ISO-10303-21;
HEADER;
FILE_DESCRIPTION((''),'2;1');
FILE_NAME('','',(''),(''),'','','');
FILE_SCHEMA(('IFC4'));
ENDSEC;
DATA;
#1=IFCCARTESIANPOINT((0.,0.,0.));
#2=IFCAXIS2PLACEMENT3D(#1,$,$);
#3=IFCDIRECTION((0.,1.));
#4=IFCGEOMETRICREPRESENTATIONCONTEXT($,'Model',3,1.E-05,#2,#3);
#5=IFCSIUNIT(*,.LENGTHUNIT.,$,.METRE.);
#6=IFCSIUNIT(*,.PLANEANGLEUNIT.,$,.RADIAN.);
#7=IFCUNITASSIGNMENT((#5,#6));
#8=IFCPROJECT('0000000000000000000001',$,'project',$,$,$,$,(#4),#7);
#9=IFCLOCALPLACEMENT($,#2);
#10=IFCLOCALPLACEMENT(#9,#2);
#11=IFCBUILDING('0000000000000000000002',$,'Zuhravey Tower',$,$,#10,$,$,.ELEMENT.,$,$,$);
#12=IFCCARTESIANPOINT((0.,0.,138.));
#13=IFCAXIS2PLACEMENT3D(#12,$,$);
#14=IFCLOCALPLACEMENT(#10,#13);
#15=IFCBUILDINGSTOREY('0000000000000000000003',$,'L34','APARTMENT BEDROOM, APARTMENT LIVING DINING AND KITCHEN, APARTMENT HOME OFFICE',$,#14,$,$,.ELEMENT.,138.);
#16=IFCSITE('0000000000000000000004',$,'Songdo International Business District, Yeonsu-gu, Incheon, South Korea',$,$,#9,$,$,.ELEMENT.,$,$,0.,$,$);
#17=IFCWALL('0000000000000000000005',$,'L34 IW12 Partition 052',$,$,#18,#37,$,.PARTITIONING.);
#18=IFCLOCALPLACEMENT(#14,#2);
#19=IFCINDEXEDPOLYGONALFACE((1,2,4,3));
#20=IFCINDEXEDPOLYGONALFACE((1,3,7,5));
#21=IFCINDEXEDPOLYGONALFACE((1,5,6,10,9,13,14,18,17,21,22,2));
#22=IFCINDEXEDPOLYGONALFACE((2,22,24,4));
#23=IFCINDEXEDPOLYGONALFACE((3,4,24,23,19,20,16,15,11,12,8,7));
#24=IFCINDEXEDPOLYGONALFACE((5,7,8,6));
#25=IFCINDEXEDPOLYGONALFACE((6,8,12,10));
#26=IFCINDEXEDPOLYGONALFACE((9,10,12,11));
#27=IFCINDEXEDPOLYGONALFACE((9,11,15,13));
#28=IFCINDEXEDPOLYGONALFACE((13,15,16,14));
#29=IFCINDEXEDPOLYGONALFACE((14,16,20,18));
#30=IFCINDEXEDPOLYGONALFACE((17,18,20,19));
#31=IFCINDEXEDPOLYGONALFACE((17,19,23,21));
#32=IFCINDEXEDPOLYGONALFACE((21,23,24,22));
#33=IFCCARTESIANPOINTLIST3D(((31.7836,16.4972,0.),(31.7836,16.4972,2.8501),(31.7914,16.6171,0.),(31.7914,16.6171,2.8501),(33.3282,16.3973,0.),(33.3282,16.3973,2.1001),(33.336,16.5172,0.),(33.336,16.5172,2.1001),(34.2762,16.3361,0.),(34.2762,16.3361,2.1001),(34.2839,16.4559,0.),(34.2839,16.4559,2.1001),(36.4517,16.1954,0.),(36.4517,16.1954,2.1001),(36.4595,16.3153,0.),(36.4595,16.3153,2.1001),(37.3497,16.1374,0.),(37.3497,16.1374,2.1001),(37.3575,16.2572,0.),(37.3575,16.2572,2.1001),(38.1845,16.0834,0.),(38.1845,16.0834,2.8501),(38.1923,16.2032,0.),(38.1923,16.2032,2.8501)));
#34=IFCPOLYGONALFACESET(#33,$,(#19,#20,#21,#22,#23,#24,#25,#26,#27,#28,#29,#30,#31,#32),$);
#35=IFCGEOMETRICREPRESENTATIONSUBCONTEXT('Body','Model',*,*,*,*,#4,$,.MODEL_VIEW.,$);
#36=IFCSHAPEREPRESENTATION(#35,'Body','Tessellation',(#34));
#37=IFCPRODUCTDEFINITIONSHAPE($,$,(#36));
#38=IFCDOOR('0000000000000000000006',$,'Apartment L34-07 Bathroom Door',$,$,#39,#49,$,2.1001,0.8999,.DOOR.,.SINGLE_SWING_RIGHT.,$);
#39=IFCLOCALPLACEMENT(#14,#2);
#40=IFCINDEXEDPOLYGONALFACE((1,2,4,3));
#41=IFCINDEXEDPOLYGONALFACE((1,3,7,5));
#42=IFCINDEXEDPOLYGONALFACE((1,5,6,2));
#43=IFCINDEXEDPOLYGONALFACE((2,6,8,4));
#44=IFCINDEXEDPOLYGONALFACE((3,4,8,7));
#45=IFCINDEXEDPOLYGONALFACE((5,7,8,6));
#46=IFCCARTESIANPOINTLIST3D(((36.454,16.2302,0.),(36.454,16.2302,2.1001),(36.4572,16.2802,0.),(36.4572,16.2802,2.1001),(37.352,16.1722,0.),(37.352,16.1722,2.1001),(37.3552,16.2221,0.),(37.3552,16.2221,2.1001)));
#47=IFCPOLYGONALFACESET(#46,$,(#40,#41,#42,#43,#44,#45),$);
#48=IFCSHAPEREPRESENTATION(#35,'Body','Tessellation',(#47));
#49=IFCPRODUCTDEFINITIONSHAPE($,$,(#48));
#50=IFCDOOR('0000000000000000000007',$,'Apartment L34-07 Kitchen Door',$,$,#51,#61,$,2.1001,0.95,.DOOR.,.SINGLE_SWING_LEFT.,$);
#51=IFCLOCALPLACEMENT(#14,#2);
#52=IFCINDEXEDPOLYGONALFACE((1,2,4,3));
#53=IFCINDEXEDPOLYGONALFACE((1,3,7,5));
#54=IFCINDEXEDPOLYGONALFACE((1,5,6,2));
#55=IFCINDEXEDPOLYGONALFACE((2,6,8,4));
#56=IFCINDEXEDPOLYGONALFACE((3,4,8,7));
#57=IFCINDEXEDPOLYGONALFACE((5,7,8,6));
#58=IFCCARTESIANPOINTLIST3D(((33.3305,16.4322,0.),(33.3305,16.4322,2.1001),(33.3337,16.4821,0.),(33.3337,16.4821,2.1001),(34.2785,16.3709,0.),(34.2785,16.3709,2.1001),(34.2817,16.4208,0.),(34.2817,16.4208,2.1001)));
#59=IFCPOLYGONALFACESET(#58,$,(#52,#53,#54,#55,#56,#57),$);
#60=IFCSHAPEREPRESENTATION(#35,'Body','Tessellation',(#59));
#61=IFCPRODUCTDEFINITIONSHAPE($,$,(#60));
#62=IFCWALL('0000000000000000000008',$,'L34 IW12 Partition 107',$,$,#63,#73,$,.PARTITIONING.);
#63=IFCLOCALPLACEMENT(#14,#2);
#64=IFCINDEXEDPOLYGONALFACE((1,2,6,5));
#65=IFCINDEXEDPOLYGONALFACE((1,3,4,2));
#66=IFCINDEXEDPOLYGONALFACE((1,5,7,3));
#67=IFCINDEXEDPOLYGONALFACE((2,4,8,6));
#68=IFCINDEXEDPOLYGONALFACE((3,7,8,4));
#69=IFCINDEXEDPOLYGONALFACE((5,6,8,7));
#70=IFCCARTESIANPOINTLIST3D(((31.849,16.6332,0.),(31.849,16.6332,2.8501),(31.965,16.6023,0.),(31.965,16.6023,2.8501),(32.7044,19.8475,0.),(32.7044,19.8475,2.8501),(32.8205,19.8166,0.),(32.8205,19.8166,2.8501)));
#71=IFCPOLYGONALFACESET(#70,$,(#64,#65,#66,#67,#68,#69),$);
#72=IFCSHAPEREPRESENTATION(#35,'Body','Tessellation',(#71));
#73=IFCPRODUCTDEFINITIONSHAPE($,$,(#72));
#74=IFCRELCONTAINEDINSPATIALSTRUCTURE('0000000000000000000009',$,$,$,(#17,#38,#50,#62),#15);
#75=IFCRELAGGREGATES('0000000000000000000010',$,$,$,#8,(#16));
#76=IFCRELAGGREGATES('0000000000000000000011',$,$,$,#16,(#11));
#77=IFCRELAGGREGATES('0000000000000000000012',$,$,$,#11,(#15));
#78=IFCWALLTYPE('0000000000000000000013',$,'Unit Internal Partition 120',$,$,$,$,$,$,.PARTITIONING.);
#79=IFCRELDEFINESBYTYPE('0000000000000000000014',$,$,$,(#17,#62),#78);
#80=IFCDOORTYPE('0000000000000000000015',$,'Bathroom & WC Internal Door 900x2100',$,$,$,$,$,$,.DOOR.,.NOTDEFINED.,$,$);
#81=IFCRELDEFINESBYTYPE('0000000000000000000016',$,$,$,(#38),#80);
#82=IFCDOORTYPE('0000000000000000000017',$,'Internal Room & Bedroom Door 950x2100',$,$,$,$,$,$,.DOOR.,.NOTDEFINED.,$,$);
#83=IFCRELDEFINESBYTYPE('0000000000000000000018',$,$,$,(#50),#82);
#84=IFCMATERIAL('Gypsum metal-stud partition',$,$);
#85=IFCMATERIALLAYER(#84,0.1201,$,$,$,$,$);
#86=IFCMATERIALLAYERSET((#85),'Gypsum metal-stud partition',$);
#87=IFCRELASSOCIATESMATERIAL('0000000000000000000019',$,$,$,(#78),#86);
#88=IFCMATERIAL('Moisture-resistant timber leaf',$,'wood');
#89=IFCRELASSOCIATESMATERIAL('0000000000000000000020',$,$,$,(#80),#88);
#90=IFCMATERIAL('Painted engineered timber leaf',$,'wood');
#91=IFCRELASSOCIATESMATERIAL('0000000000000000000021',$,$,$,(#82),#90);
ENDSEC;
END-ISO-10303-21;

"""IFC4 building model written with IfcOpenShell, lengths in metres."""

from ifc_helpers import new_model, si_unit, direction, frame, frame_2d, origin, place, context, subcontext, project, spatial, rectangle, extrude, material, layer, layer_set, type_object, element, fill, save


model = new_model("IFC4")

# Units and contexts
model_context = context("Model", 3, precision=1e-05, world=origin(), true_north=direction((0.0, 1.0)))
body_context = subcontext(model_context, "Body", "Model", "MODEL_VIEW")
ifc_project = project(units=[si_unit("LENGTHUNIT", "METRE"), si_unit("PLANEANGLEUNIT", "RADIAN")], contexts=[model_context])

# Site, building, storey
site_placement = place(None, origin())
site = spatial("IfcSite", under=ifc_project, at=site_placement, Name="Songdo International Business District, Yeonsu-gu, Incheon, South Korea", CompositionType="ELEMENT", RefElevation=0.0)
building_placement = place(site_placement, origin())
building = spatial("IfcBuilding", under=site, at=building_placement, Name="Zuhravey Tower", CompositionType="ELEMENT")
storey_placement = place(building_placement, frame((0.0, 0.0, 138.0)))
storey = spatial("IfcBuildingStorey", under=building, at=storey_placement, Name="L34", Description="APARTMENT BEDROOM, APARTMENT LIVING DINING AND KITCHEN, APARTMENT HOME OFFICE", CompositionType="ELEMENT", Elevation=138.0)

# Wall, openings, doors
ifc_material_1 = material(Name="Gypsum metal-stud partition")
ifc_layer_1 = layer(ifc_material_1, 0.1201)
ifc_layer_set_1 = layer_set([ifc_layer_1], Name="Gypsum metal-stud partition")
wall_type_1 = type_object("IfcWallType", Name="Unit Internal Partition 120", PredefinedType="PARTITIONING", material=ifc_layer_set_1)
wall_1_placement = place(storey_placement, frame((31.7876, 16.5571, 0.0), z_axis=(0.0, 0.0, 1.0), x_axis=(0.997917, -0.064516, 0.0)))
wall_1 = element("IfcWall", 1, at=wall_1_placement, inside=storey, type_object=wall_type_1, Name="L34 IW12 Partition 052", PredefinedType="PARTITIONING", context=body_context, shape_type="SweptSolid", body=[
    extrude(rectangle(XDim=6.4143, YDim=0.1201, at=frame_2d((3.207, 0.0))), origin(), (0.0, 0.0, 1.0), 2.8501),
])
opening_1_placement = place(wall_1_placement, frame((1.5476, 0.0, 0.0)))
opening_1 = element("IfcOpeningElement", 2, at=opening_1_placement, cuts=wall_1, PredefinedType="OPENING", context=body_context, shape_type="SweptSolid", body=[
    extrude(rectangle(XDim=0.95, YDim=2.1001, at=frame_2d((0.4751, 1.05))), frame((0.0, 0.072, 0.0), z_axis=(0.0, -1.0, 0.0), x_axis=(1.0, 0.0, 0.0)), (0.0, 0.0, 1.0), 0.144),
])
opening_2_placement = place(wall_1_placement, frame((4.6777, 0.0, 0.0)))
opening_2 = element("IfcOpeningElement", 3, at=opening_2_placement, cuts=wall_1, PredefinedType="OPENING", context=body_context, shape_type="SweptSolid", body=[
    extrude(rectangle(XDim=0.8999, YDim=2.1001, at=frame_2d((0.45, 1.05))), frame((0.0, 0.072, 0.0), z_axis=(0.0, -1.0, 0.0), x_axis=(1.0, 0.0, 0.0)), (0.0, 0.0, 1.0), 0.144),
])
ifc_material_2 = material(Name="Moisture-resistant timber leaf", Category="wood")
door_type_1 = type_object("IfcDoorType", Name="Bathroom & WC Internal Door 900x2100", OperationType="NOTDEFINED", PredefinedType="DOOR", material=ifc_material_2)
door_1_placement = place(opening_2_placement, origin())
door_1 = element("IfcDoor", 4, at=door_1_placement, inside=storey, type_object=door_type_1, Name="Apartment L34-07 Bathroom Door", OperationType="SINGLE_SWING_RIGHT", OverallHeight=2.1001, OverallWidth=0.8999, PredefinedType="DOOR", context=body_context, shape_type="SweptSolid", body=[
    extrude(rectangle(XDim=0.8999, YDim=2.1001, at=frame_2d((0.45, 1.05))), frame((0.0, 0.0249, 0.0), z_axis=(0.0, -1.0, 0.0), x_axis=(1.0, 0.0, 0.0)), (0.0, 0.0, 1.0), 0.05),
])
fill(opening_2, door_1)
ifc_material_3 = material(Name="Painted engineered timber leaf", Category="wood")
door_type_2 = type_object("IfcDoorType", Name="Internal Room & Bedroom Door 950x2100", OperationType="NOTDEFINED", PredefinedType="DOOR", material=ifc_material_3)
door_2_placement = place(opening_1_placement, origin())
door_2 = element("IfcDoor", 5, at=door_2_placement, inside=storey, type_object=door_type_2, Name="Apartment L34-07 Kitchen Door", OperationType="SINGLE_SWING_LEFT", OverallHeight=2.1001, OverallWidth=0.95, PredefinedType="DOOR", context=body_context, shape_type="SweptSolid", body=[
    extrude(rectangle(XDim=0.95, YDim=2.1001, at=frame_2d((0.4751, 1.05))), frame((0.0, 0.0249, 0.0), z_axis=(0.0, -1.0, 0.0), x_axis=(1.0, 0.0, 0.0)), (0.0, 0.0, 1.0), 0.05),
])
fill(opening_1, door_2)

# Wall
wall_2_placement = place(storey_placement, frame((32.7625, 19.832, 0.0), z_axis=(0.0, 0.0, 1.0), x_axis=(-0.257188, -0.966362, 0.0)))
element("IfcWall", 6, at=wall_2_placement, inside=storey, type_object=wall_type_1, Name="L34 IW12 Partition 107", PredefinedType="PARTITIONING", context=body_context, shape_type="SweptSolid", body=[
    extrude(rectangle(XDim=3.3262, YDim=0.1201, at=frame_2d((1.6631, 0.0))), origin(), (0.0, 0.0, 1.0), 2.8501),
])

save(model, "model.ifc")
